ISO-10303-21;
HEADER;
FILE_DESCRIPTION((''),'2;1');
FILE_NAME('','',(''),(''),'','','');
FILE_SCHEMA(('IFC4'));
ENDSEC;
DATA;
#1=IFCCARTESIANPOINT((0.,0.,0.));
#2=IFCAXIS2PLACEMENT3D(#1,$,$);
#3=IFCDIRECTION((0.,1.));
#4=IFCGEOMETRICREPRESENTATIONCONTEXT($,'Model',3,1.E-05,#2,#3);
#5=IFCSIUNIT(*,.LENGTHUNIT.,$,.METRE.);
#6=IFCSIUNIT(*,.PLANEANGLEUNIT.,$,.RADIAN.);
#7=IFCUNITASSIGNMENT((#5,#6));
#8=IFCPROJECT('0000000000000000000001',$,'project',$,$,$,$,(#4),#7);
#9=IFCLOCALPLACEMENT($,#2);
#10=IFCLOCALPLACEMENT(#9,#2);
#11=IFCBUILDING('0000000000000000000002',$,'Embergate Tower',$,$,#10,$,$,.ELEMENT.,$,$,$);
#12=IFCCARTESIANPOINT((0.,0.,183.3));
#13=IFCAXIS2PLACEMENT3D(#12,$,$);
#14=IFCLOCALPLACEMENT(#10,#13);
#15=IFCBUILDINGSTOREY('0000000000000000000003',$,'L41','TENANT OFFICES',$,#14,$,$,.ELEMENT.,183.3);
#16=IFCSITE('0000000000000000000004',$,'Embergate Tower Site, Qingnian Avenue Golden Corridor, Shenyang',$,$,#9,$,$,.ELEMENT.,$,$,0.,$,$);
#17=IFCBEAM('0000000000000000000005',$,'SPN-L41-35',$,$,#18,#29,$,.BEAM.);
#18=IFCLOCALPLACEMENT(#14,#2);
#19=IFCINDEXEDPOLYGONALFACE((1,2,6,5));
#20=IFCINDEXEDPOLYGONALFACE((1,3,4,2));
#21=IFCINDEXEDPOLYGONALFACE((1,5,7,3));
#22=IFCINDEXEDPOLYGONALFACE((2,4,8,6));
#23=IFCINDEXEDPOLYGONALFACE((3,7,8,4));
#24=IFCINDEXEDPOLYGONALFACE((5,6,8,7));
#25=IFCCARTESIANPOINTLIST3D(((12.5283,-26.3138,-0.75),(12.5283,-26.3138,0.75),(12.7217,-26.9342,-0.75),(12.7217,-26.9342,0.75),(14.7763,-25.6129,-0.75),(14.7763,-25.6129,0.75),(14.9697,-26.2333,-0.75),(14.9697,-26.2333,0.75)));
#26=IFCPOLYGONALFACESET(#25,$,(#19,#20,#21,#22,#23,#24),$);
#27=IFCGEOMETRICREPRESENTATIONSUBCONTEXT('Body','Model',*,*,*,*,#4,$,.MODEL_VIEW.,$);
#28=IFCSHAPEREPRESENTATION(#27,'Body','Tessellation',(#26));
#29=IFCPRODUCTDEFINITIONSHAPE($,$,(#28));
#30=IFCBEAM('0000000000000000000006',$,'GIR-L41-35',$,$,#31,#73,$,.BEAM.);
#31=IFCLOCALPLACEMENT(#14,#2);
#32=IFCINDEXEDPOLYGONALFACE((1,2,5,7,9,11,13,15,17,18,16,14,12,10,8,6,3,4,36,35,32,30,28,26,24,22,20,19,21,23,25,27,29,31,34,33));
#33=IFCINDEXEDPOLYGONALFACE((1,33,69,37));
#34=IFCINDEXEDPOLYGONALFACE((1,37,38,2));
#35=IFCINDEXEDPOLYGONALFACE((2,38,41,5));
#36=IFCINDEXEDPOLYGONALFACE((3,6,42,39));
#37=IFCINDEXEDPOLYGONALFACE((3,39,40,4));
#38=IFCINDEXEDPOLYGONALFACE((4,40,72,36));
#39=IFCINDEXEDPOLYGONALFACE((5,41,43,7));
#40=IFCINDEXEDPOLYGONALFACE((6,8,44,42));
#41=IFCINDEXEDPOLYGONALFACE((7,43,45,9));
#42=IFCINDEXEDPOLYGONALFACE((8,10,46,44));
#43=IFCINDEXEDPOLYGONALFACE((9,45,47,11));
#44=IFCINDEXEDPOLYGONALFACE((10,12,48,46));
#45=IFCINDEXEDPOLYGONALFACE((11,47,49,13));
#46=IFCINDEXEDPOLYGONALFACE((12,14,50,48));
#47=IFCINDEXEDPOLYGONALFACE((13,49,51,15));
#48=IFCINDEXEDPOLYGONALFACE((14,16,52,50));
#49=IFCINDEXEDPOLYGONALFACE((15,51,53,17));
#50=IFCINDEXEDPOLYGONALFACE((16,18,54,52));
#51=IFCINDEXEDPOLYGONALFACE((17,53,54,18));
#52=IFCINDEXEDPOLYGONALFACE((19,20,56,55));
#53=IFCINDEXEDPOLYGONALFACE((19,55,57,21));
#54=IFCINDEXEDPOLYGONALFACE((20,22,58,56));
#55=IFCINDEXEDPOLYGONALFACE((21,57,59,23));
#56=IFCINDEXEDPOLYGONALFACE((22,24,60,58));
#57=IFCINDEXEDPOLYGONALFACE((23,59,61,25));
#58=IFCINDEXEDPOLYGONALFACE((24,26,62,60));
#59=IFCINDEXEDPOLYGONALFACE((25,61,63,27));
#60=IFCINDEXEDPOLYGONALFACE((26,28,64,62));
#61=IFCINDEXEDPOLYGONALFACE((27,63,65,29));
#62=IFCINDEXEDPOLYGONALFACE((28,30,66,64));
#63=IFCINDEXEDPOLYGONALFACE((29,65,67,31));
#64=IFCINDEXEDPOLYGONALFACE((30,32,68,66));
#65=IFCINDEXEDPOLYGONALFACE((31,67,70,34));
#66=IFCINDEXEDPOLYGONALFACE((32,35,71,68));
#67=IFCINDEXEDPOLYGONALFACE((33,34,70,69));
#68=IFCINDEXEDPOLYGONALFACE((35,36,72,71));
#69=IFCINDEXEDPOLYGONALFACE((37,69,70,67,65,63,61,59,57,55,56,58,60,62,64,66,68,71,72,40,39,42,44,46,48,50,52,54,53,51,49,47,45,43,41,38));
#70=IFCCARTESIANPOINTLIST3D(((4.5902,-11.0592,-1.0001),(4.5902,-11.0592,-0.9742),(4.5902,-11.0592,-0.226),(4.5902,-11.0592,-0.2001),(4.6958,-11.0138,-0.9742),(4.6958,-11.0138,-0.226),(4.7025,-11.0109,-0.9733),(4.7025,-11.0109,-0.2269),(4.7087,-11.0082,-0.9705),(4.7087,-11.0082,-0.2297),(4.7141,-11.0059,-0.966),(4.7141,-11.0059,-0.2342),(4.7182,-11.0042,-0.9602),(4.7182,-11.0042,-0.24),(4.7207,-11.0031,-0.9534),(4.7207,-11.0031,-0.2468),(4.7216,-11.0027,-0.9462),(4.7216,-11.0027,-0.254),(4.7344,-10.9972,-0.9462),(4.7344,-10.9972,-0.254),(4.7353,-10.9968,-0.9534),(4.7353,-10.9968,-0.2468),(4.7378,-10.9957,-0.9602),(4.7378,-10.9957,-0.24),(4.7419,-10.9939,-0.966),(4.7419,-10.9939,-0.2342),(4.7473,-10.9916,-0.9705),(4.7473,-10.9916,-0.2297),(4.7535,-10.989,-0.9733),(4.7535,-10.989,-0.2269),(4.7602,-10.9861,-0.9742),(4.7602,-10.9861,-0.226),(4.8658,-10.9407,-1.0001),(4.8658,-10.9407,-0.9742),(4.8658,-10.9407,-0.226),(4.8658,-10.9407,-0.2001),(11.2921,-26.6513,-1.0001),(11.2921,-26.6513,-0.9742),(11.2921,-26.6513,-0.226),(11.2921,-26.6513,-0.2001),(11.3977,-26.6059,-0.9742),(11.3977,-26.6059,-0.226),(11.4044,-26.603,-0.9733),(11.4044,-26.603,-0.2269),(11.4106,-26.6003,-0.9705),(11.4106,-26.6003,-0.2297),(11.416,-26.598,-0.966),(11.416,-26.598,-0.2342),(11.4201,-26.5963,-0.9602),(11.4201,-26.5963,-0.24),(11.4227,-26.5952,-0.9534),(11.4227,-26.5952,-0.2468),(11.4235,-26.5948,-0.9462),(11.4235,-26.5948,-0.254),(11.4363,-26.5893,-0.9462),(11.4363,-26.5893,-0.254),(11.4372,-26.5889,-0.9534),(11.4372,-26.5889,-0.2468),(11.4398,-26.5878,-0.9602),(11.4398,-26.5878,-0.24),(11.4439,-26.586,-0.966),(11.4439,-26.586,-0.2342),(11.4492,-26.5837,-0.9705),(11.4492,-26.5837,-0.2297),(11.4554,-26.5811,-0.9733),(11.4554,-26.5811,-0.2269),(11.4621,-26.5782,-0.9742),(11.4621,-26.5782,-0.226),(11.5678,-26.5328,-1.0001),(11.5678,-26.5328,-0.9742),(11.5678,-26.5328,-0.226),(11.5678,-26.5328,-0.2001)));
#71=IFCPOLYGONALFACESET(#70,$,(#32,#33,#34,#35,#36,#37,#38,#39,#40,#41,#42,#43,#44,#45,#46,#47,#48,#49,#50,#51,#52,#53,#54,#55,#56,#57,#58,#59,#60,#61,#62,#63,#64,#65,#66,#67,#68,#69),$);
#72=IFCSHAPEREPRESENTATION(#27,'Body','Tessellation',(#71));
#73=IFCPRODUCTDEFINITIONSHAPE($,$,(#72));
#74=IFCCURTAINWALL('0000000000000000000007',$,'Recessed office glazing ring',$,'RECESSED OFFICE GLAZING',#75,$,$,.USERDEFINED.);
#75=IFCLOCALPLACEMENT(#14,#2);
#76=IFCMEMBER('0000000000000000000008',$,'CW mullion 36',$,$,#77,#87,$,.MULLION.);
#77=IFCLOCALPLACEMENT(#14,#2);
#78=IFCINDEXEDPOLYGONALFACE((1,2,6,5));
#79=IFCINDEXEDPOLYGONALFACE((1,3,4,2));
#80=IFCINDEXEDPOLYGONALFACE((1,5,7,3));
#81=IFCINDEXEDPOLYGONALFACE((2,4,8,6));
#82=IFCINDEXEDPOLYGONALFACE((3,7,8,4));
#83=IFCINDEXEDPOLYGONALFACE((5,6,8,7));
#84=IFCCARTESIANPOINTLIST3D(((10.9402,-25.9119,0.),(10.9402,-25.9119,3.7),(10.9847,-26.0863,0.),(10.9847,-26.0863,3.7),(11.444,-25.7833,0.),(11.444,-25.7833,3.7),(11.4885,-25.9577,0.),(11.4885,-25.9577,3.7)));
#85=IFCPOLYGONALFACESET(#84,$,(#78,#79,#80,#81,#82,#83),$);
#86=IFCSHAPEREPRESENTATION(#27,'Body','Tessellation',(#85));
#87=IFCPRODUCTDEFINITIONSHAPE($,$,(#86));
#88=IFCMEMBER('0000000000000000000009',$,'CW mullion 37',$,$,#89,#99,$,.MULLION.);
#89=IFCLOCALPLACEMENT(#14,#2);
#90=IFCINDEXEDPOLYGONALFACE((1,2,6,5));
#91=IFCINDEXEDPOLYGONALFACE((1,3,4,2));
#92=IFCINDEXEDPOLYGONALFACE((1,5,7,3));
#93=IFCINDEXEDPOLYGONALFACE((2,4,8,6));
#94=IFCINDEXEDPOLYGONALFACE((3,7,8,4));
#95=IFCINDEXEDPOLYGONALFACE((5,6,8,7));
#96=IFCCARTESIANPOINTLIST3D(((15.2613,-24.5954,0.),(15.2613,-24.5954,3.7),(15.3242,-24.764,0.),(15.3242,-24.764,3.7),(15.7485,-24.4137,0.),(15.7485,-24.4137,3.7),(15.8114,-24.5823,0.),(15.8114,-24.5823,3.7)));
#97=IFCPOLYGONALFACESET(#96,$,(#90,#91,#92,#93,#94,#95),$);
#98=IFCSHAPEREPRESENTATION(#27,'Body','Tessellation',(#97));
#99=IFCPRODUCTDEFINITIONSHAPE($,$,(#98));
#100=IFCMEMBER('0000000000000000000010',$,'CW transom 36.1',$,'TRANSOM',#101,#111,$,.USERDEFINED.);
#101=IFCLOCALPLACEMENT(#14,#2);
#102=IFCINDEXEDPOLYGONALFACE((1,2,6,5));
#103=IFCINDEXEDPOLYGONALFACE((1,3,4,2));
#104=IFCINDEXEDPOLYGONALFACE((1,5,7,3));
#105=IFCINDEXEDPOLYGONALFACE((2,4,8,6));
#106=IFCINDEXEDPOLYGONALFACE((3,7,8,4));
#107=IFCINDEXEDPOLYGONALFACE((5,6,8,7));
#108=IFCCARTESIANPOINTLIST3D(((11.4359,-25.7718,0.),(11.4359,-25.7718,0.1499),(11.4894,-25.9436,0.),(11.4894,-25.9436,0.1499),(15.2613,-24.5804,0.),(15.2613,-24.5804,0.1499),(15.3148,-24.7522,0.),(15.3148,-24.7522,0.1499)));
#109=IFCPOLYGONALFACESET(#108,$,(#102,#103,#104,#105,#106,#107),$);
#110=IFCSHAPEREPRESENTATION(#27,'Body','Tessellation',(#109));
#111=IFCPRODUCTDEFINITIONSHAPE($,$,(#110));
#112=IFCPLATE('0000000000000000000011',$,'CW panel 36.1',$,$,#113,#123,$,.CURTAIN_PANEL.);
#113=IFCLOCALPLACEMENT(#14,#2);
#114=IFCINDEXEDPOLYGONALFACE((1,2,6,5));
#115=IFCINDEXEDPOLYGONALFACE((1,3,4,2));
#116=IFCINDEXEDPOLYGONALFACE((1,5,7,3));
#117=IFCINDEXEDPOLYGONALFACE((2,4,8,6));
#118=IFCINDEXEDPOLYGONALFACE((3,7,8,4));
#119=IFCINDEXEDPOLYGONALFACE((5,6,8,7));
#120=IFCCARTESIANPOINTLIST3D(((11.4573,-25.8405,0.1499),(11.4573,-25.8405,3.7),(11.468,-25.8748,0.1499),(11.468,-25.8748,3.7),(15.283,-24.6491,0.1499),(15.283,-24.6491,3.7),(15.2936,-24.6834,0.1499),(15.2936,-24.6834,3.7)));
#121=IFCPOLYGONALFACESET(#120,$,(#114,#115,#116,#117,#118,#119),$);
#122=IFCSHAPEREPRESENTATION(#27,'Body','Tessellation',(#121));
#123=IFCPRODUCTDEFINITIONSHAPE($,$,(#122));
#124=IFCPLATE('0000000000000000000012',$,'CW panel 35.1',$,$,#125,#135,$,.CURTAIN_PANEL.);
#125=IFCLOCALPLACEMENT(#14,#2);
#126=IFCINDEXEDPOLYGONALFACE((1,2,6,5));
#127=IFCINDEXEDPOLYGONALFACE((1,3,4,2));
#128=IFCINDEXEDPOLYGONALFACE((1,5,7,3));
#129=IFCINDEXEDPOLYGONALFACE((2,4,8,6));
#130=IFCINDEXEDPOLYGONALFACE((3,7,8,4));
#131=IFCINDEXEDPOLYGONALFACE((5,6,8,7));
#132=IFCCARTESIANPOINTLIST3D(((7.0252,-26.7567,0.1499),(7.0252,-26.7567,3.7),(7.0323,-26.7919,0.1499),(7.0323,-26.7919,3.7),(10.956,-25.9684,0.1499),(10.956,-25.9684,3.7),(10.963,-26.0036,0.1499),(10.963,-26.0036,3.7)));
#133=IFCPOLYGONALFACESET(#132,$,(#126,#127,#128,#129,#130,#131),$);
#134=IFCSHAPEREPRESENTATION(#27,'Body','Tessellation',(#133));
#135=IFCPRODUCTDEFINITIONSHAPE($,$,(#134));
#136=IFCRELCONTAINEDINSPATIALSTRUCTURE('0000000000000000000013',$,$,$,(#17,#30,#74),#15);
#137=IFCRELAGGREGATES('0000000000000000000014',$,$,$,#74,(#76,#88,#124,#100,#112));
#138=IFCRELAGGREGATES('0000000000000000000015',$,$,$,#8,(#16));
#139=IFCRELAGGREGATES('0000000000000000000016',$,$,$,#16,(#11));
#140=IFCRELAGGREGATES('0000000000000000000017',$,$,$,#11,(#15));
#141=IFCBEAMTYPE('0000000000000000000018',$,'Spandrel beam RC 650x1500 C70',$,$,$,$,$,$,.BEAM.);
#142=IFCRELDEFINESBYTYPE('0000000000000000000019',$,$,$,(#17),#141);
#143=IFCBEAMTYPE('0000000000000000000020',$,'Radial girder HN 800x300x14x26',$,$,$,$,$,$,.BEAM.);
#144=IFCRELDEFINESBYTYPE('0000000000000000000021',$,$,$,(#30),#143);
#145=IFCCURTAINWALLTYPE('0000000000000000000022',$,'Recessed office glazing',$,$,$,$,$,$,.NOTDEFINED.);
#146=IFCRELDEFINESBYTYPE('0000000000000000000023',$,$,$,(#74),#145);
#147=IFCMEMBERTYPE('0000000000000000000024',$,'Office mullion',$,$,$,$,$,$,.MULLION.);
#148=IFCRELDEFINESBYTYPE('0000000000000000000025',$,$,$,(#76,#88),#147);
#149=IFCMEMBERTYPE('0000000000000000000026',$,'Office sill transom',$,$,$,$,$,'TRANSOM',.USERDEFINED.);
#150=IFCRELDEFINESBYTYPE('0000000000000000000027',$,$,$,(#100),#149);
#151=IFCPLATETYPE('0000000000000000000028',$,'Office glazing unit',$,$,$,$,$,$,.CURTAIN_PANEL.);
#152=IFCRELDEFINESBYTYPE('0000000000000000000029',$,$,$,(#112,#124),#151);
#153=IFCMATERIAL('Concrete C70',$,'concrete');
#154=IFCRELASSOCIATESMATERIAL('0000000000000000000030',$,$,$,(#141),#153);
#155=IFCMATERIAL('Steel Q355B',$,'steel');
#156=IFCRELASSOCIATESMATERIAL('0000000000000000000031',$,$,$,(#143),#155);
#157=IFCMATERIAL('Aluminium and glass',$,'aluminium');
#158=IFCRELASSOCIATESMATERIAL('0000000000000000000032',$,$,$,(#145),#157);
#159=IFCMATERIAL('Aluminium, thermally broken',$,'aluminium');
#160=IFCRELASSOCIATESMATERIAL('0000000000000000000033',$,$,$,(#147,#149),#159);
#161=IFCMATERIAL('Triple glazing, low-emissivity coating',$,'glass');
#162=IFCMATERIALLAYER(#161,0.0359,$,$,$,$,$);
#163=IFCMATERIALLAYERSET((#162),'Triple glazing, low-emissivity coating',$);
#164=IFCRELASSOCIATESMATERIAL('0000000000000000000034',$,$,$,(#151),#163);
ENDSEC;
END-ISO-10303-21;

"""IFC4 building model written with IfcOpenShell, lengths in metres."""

from ifc_helpers import new_model, si_unit, direction, frame, origin, origin_2d, place, context, subcontext, project, spatial, rectangle, i_section, extrude, source, transform, mapped, material, layer, layer_set, material_profile, profile_set, type_object, element, aggregate, save


model = new_model("IFC4")

# Units and contexts
model_context = context("Model", 3, precision=1e-05, world=origin(), true_north=direction((0.0, 1.0)))
body_context = subcontext(model_context, "Body", "Model", "MODEL_VIEW")
ifc_project = project(units=[si_unit("LENGTHUNIT", "METRE"), si_unit("PLANEANGLEUNIT", "RADIAN")], contexts=[model_context])

# Site, building, storey
site_placement = place(None, origin())
site = spatial("IfcSite", under=ifc_project, at=site_placement, Name="Embergate Tower Site, Qingnian Avenue Golden Corridor, Shenyang", CompositionType="ELEMENT", RefElevation=0.0)
building_placement = place(site_placement, origin())
building = spatial("IfcBuilding", under=site, at=building_placement, Name="Embergate Tower", CompositionType="ELEMENT")
storey_placement = place(building_placement, frame((0.0, 0.0, 183.3)))
storey = spatial("IfcBuildingStorey", under=building, at=storey_placement, Name="L41", Description="TENANT OFFICES", CompositionType="ELEMENT", Elevation=183.3)

# Beams
ifc_material_1 = material(Name="Concrete C70", Category="concrete")
ifc_material_profile_1 = material_profile(ifc_material_1, rectangle(XDim=0.6499, YDim=1.5, at=origin_2d()), Name="RC 650x1500")
ifc_profile_set_1 = profile_set([ifc_material_profile_1], Name="Concrete C70")
beam_type_1 = type_object("IfcBeamType", Name="Spandrel beam RC 650x1500 C70", PredefinedType="BEAM", material=ifc_profile_set_1)
shared_shape_1 = source(origin(), body_context, "Body", "SweptSolid", [
    extrude(rectangle(XDim=0.6499, YDim=1.5, at=origin_2d()), origin(), (0.0, 0.0, 1.0), 2.3547),
])
beam_1_placement = place(storey_placement, frame((12.625, -26.624, 0.0), z_axis=(0.954672, 0.297661, 0.0), x_axis=(-0.297661, 0.954672, 0.0)))
element("IfcBeam", 1, at=beam_1_placement, inside=storey, type_object=beam_type_1, Name="SPN-L41-35", PredefinedType="BEAM", context=body_context, shape_type="MappedRepresentation", body=[
    mapped(shared_shape_1, transform((0.0, 0.0, 0.0))),
])
ifc_material_2 = material(Name="Steel Q355B", Category="steel")
ifc_material_profile_2 = material_profile(ifc_material_2, i_section(OverallWidth=0.3, OverallDepth=0.8, WebThickness=0.0139, FlangeThickness=0.0259, FilletRadius=0.0281, at=origin_2d()), Name="HN 800x300x14x26")
ifc_profile_set_2 = profile_set([ifc_material_profile_2], Name="Steel Q355 grade B")
beam_type_2 = type_object("IfcBeamType", Name="Radial girder HN 800x300x14x26", PredefinedType="BEAM", material=ifc_profile_set_2)
shared_shape_2 = source(origin(), body_context, "Body", "SweptSolid", [
    extrude(i_section(OverallWidth=0.3, OverallDepth=0.8, WebThickness=0.0139, FlangeThickness=0.0259, FilletRadius=0.0281, at=origin_2d()), origin(), (0.0, 0.0, 1.0), 16.9714),
])
beam_2_placement = place(storey_placement, frame((11.4299, -26.592, -0.6001), z_axis=(-0.394895, 0.918726, 0.0), x_axis=(-0.918726, -0.394895, 0.0)))
element("IfcBeam", 2, at=beam_2_placement, inside=storey, type_object=beam_type_2, Name="GIR-L41-35", PredefinedType="BEAM", context=body_context, shape_type="MappedRepresentation", body=[
    mapped(shared_shape_2, transform((0.0, 0.0, 0.0))),
])

# Curtain wall, members, plates
ifc_material_3 = material(Name="Aluminium and glass", Category="aluminium")
curtain_wall_type = type_object("IfcCurtainWallType", Name="Recessed office glazing", PredefinedType="NOTDEFINED", material=ifc_material_3)
curtain_wall_placement = place(storey_placement, origin())
curtain_wall = element("IfcCurtainWall", 3, at=curtain_wall_placement, inside=storey, type_object=curtain_wall_type, Name="Recessed office glazing ring", ObjectType="RECESSED OFFICE GLAZING", PredefinedType="USERDEFINED")
ifc_material_4 = material(Name="Aluminium, thermally broken", Category="aluminium")
ifc_material_profile_3 = material_profile(ifc_material_4, rectangle(XDim=0.1799, YDim=0.52, at=origin_2d()), Name="AL 520x180")
ifc_profile_set_3 = profile_set([ifc_material_profile_3], Name="Aluminium, thermally broken")
member_type_1 = type_object("IfcMemberType", Name="Office mullion", PredefinedType="MULLION", material=ifc_profile_set_3)
shared_shape_3 = source(origin(), body_context, "Body", "SweptSolid", [
    extrude(rectangle(XDim=0.1799, YDim=0.52, at=origin_2d()), origin(), (0.0, 0.0, 1.0), 3.7),
])
member_1_placement = place(storey_placement, frame((11.2144, -25.9348, 0.0), z_axis=(0.0, 0.0, 1.0), x_axis=(-0.247314, 0.968935, 0.0)))
member_1 = element("IfcMember", 4, at=member_1_placement, type_object=member_type_1, Name="CW mullion 36", PredefinedType="MULLION", context=body_context, shape_type="MappedRepresentation", body=[
    mapped(shared_shape_3, transform((0.0, 0.0, 0.0))),
])
member_2_placement = place(storey_placement, frame((15.5364, -24.5889, 0.0), z_axis=(0.0, 0.0, 1.0), x_axis=(-0.349504, 0.936935, 0.0)))
member_2 = element("IfcMember", 5, at=member_2_placement, type_object=member_type_1, Name="CW mullion 37", PredefinedType="MULLION", context=body_context, shape_type="MappedRepresentation", body=[
    mapped(shared_shape_3, transform((0.0, 0.0, 0.0))),
])
ifc_material_profile_4 = material_profile(ifc_material_4, rectangle(XDim=0.1799, YDim=0.1499, at=origin_2d()), Name="AL 150x180")
ifc_profile_set_4 = profile_set([ifc_material_profile_4], Name="Aluminium, thermally broken")
member_type_2 = type_object("IfcMemberType", Name="Office sill transom", ElementType="TRANSOM", PredefinedType="USERDEFINED", material=ifc_profile_set_4)
shared_shape_4 = source(origin(), body_context, "Body", "SweptSolid", [
    extrude(rectangle(XDim=0.1799, YDim=0.1499, at=origin_2d()), origin(), (0.0, 0.0, 1.0), 4.0066),
])
member_3_placement = place(storey_placement, frame((11.4626, -25.8577, 0.075), z_axis=(0.954767, 0.297355, 0.0), x_axis=(-0.297355, 0.954767, 0.0)))
member_3 = element("IfcMember", 6, at=member_3_placement, type_object=member_type_2, Name="CW transom 36.1", ObjectType="TRANSOM", PredefinedType="USERDEFINED", context=body_context, shape_type="MappedRepresentation", body=[
    mapped(shared_shape_4, transform((0.0, 0.0, 0.0))),
])
ifc_material_5 = material(Name="Triple glazing, low-emissivity coating", Category="glass")
ifc_layer_1 = layer(ifc_material_5, 0.0359)
ifc_layer_set_1 = layer_set([ifc_layer_1], Name="Triple glazing, low-emissivity coating")
plate_type = type_object("IfcPlateType", Name="Office glazing unit", PredefinedType="CURTAIN_PANEL", material=ifc_layer_set_1)
shared_shape_5 = source(origin(), body_context, "Body", "SweptSolid", [
    extrude(rectangle(XDim=4.0068, YDim=0.0359, at=origin_2d()), origin(), (0.0, 0.0, 1.0), 3.55),
])
plate_1_placement = place(storey_placement, frame((13.3755, -25.262, 0.1499), z_axis=(0.0, 0.0, 1.0), x_axis=(0.954771, 0.297342, 0.0)))
plate_1 = element("IfcPlate", 7, at=plate_1_placement, type_object=plate_type, Name="CW panel 36.1", PredefinedType="CURTAIN_PANEL", context=body_context, shape_type="MappedRepresentation", body=[
    mapped(shared_shape_5, transform((0.0, 0.0, 0.0))),
])
shared_shape_6 = source(origin(), body_context, "Body", "SweptSolid", [
    extrude(rectangle(XDim=4.009, YDim=0.0359, at=origin_2d()), origin(), (0.0, 0.0, 1.0), 3.55),
])
plate_2_placement = place(storey_placement, frame((8.9941, -26.3801, 0.1499), z_axis=(0.0, 0.0, 1.0), x_axis=(0.980476, 0.196641, 0.0)))
plate_2 = element("IfcPlate", 8, at=plate_2_placement, type_object=plate_type, Name="CW panel 35.1", PredefinedType="CURTAIN_PANEL", context=body_context, shape_type="MappedRepresentation", body=[
    mapped(shared_shape_6, transform((0.0, 0.0, 0.0))),
])
aggregate(curtain_wall, [member_1, member_2, plate_2, member_3, plate_1])

save(model, "model.ifc")
